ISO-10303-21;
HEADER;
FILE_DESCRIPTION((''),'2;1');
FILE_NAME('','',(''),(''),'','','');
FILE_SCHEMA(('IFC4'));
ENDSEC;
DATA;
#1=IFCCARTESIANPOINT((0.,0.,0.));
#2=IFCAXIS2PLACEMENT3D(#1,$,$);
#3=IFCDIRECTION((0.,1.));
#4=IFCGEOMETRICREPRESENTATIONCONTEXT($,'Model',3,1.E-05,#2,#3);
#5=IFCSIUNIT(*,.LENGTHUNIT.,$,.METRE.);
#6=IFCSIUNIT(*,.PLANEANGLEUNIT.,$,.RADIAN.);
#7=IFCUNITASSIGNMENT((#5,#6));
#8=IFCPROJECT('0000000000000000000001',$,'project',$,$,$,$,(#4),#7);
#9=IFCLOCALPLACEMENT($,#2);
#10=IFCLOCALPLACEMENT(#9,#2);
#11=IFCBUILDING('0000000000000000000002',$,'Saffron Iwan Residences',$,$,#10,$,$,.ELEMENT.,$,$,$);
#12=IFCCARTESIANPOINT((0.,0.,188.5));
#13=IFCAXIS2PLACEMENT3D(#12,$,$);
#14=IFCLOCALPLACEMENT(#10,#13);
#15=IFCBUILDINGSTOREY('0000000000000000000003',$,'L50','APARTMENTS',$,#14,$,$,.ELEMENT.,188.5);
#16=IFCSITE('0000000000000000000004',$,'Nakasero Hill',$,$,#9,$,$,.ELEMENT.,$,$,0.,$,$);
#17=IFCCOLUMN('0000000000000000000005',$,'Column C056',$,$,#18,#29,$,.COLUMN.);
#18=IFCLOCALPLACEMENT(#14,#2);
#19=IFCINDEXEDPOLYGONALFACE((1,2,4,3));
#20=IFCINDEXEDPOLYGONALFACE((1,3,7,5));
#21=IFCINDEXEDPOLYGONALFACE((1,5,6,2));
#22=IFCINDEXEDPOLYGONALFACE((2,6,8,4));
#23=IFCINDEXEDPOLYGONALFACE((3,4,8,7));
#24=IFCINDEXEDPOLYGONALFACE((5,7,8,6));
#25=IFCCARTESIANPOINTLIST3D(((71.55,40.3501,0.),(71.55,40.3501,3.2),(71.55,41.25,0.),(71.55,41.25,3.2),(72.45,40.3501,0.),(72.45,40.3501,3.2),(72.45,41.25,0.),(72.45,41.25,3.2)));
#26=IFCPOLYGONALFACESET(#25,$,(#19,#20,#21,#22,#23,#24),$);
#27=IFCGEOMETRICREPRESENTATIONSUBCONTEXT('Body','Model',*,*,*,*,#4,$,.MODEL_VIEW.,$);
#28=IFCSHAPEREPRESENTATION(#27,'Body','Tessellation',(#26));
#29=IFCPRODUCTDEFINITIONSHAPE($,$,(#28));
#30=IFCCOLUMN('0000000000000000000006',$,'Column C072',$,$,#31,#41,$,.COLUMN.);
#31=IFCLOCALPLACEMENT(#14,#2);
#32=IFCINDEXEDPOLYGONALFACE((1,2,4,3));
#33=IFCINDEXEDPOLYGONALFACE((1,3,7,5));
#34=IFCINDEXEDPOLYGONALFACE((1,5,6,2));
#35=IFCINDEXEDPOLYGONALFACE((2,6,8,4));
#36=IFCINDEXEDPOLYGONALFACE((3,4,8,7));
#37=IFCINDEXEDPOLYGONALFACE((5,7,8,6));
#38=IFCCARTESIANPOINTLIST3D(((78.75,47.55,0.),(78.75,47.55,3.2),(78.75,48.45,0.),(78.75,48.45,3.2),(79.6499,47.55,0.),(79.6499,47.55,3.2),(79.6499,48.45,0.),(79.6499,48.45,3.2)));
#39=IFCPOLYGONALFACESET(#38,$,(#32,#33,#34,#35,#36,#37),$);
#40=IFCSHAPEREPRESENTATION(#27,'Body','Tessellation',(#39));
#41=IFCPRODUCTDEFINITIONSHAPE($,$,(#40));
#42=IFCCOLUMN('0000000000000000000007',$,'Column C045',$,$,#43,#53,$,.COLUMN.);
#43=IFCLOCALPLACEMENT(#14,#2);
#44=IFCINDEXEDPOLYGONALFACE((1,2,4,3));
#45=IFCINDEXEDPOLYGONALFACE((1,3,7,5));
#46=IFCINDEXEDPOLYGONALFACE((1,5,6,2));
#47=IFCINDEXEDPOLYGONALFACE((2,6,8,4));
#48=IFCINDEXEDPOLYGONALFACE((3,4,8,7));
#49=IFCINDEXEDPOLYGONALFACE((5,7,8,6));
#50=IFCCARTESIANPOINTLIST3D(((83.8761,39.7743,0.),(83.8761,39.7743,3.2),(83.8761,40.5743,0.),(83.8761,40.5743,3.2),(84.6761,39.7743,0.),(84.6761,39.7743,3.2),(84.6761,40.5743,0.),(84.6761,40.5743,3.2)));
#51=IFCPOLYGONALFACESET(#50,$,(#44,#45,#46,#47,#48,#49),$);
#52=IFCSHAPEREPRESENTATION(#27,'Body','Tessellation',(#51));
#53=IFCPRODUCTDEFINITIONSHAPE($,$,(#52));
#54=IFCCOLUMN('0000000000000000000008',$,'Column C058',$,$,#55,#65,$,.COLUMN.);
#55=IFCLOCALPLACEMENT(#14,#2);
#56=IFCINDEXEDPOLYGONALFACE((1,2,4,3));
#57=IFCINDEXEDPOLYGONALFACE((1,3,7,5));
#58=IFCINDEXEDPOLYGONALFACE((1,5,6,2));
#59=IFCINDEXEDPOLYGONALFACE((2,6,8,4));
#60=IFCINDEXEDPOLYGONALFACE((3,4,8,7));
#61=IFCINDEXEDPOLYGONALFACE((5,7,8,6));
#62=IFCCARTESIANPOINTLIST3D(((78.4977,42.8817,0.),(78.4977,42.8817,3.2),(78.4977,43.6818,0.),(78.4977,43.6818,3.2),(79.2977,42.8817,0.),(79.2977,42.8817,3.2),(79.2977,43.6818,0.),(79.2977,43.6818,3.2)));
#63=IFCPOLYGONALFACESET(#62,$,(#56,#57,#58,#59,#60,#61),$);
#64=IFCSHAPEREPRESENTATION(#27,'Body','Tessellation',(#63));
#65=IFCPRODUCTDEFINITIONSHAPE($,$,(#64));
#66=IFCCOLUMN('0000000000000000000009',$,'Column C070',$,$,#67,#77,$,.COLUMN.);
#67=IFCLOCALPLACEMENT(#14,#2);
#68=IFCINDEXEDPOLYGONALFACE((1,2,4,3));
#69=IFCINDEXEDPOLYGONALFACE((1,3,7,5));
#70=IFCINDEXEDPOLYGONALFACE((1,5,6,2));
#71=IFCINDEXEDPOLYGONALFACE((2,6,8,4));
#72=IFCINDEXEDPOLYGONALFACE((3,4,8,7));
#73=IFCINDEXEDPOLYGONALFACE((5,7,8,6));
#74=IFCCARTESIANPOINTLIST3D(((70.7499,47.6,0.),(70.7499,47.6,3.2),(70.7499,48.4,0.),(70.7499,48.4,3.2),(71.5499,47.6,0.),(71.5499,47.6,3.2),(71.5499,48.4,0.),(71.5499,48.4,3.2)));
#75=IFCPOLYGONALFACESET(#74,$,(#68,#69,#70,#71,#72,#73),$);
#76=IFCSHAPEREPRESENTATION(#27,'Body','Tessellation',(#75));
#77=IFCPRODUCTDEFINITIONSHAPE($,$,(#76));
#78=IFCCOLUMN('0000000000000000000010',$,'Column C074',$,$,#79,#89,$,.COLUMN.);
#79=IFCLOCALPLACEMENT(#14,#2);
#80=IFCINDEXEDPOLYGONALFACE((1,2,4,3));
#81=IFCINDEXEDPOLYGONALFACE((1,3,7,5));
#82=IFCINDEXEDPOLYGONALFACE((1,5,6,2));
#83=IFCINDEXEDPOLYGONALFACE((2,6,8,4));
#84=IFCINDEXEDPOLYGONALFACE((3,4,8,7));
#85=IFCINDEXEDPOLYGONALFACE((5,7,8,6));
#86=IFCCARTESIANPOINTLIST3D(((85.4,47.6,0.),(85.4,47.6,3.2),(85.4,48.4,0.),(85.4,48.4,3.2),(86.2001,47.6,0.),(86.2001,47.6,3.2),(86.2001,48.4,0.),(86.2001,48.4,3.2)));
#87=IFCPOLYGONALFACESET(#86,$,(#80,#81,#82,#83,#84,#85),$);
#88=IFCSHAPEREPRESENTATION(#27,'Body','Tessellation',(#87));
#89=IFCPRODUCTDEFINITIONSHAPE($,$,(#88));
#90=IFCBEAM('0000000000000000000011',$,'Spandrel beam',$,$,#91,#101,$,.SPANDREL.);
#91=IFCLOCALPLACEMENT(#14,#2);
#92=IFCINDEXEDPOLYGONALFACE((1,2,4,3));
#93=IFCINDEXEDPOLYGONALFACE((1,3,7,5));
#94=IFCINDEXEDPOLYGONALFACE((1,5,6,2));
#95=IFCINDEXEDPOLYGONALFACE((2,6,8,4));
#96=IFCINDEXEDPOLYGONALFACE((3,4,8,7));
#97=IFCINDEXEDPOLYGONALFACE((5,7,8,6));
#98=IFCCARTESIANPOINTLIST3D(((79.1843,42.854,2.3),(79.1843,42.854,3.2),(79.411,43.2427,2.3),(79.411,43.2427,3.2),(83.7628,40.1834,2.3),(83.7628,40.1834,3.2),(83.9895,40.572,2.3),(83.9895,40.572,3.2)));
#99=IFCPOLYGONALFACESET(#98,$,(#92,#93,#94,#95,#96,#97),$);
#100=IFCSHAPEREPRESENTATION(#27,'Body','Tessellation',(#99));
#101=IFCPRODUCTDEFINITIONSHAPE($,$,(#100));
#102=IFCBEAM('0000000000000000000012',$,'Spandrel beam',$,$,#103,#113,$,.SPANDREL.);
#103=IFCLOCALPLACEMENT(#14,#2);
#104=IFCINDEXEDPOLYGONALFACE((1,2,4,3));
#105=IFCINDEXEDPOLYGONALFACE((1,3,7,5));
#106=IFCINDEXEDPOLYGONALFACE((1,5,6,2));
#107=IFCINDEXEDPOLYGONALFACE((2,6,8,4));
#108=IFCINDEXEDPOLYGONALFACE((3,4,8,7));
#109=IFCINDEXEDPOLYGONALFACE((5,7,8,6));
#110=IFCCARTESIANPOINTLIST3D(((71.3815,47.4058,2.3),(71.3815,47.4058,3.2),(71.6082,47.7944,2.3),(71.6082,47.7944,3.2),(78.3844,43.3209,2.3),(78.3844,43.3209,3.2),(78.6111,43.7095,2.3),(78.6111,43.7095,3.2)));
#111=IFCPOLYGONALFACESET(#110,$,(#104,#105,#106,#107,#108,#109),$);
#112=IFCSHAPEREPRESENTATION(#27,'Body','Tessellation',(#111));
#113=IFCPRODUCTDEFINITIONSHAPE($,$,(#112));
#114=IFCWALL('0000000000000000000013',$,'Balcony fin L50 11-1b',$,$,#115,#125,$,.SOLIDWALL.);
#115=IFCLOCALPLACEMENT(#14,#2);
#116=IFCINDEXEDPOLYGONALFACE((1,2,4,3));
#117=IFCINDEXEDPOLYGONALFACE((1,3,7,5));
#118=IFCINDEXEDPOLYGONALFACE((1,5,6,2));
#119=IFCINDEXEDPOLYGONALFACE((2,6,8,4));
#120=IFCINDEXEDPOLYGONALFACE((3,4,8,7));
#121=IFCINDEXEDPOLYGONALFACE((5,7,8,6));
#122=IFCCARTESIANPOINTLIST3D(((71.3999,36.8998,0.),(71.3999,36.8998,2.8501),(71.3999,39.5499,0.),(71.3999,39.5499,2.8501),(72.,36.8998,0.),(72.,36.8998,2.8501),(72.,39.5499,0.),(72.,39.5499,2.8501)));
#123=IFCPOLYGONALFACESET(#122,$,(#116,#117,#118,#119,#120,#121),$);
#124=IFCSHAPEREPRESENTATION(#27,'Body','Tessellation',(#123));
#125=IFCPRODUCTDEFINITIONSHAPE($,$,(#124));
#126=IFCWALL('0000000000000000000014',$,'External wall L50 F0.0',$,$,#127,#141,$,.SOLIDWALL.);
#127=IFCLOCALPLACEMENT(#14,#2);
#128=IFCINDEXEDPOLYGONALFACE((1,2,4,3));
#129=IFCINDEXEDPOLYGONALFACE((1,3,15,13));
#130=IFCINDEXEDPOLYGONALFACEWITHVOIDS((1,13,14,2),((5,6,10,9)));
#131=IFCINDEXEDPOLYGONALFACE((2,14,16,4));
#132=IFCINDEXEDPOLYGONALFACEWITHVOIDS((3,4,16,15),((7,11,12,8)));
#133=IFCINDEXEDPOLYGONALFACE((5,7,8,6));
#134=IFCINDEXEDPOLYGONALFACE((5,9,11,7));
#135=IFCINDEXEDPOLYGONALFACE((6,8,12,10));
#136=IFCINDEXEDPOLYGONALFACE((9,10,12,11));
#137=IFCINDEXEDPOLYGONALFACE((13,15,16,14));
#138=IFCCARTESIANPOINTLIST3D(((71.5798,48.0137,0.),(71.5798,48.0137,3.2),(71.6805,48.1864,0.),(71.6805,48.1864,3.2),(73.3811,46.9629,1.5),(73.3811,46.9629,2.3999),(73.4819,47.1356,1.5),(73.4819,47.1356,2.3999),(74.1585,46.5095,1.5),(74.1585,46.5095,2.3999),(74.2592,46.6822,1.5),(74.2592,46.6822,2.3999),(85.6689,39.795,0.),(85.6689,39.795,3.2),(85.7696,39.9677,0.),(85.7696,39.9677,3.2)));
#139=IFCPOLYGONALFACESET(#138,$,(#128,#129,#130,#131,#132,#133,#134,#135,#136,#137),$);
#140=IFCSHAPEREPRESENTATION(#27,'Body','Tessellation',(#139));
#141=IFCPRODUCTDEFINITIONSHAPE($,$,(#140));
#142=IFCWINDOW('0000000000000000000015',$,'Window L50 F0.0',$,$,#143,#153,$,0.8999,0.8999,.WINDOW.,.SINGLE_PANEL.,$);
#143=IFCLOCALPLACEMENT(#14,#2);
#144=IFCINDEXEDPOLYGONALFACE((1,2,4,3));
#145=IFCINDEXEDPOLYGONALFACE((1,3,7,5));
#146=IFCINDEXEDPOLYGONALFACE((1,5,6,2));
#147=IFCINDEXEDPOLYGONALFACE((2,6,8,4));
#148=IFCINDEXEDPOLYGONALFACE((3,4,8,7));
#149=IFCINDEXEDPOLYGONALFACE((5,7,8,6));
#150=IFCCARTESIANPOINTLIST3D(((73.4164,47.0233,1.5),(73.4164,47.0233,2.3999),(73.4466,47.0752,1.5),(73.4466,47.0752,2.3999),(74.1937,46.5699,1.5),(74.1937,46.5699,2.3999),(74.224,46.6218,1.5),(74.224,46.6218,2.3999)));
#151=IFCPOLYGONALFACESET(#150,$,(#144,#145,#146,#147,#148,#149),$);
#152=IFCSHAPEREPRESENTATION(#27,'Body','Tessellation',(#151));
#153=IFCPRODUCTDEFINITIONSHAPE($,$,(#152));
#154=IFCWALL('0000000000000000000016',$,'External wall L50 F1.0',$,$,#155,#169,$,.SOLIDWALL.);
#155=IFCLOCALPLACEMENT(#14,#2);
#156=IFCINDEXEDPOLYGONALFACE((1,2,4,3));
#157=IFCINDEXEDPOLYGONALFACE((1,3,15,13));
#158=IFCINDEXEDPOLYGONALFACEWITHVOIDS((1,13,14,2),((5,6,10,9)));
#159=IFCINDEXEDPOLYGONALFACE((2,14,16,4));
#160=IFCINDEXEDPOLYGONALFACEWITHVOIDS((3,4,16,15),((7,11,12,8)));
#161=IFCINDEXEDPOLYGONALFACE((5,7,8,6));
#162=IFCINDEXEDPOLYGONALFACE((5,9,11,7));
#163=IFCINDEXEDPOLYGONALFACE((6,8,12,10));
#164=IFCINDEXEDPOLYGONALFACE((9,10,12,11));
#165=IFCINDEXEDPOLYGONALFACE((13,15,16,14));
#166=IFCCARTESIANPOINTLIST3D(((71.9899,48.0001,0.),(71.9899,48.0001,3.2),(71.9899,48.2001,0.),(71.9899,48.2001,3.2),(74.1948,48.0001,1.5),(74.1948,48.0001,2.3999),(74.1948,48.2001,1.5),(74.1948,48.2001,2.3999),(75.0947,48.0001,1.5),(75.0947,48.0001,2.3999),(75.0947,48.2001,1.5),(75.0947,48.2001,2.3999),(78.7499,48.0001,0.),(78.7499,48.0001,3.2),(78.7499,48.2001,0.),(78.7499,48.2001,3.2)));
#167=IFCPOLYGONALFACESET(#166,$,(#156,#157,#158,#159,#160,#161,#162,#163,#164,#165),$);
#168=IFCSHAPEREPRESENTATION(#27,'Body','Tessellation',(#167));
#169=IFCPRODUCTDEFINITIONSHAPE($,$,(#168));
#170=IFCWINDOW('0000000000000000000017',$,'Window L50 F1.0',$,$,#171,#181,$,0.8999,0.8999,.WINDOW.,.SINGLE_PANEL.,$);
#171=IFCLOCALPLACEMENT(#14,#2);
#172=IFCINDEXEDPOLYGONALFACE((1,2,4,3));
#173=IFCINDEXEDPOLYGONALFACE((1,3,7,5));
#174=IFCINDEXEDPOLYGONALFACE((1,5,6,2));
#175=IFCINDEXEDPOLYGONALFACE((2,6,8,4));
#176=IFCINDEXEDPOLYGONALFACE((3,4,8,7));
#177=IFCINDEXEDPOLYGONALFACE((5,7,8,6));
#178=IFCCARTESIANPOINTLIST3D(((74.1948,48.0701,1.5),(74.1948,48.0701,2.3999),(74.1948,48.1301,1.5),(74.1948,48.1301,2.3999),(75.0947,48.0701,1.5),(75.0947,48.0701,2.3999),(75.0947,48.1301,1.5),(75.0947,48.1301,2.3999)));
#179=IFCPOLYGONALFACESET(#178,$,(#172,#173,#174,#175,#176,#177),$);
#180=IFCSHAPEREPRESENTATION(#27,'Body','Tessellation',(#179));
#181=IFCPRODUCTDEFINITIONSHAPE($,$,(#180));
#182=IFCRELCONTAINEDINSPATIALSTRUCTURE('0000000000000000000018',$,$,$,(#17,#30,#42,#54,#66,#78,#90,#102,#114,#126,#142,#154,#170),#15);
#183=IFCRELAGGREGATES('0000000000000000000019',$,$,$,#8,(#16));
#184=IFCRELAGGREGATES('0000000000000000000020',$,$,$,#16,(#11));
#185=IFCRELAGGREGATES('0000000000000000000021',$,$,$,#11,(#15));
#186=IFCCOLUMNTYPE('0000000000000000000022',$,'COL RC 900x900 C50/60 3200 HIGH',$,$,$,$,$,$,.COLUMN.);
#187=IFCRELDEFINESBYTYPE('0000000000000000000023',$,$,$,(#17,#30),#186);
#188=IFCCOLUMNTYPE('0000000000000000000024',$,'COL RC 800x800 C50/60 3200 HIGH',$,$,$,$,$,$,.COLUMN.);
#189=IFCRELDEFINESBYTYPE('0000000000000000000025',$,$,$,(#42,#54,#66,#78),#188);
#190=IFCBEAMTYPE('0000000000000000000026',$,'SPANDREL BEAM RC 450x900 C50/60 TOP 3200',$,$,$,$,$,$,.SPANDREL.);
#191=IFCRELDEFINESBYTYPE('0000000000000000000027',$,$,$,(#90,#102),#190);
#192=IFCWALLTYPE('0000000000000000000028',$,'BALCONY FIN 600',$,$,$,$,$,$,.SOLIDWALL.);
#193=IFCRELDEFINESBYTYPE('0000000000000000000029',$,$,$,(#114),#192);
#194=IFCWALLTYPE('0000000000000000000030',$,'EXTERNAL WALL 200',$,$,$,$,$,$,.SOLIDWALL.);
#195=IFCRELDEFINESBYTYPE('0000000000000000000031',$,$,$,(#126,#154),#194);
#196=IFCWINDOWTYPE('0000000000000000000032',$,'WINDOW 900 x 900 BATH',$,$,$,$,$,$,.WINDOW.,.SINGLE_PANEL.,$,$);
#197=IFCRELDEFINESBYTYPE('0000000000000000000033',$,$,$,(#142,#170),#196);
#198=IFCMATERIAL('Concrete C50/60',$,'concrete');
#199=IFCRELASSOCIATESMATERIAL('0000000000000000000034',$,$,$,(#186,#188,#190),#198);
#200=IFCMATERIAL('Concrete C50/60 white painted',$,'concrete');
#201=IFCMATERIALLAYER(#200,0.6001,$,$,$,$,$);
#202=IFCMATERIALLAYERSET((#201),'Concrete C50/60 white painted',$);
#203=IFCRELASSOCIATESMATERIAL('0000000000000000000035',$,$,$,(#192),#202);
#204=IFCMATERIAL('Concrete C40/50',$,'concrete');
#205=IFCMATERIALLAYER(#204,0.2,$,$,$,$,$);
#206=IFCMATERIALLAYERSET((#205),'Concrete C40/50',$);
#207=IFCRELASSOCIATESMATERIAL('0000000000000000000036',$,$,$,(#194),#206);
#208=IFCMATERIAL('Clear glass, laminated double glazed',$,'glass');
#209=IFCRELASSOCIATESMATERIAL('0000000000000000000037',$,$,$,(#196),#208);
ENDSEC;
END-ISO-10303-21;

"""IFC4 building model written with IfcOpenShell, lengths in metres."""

from ifc_helpers import new_model, si_unit, direction, frame, frame_2d, origin, origin_2d, place, context, subcontext, project, spatial, rectangle, extrude, source, transform, mapped, material, layer, layer_set, material_profile, profile_set, type_object, element, fill, save


model = new_model("IFC4")

# Units and contexts
model_context = context("Model", 3, precision=1e-05, world=origin(), true_north=direction((0.0, 1.0)))
body_context = subcontext(model_context, "Body", "Model", "MODEL_VIEW")
ifc_project = project(units=[si_unit("LENGTHUNIT", "METRE"), si_unit("PLANEANGLEUNIT", "RADIAN")], contexts=[model_context])

# Site, building, storey
site_placement = place(None, origin())
site = spatial("IfcSite", under=ifc_project, at=site_placement, Name="Nakasero Hill", CompositionType="ELEMENT", RefElevation=0.0)
building_placement = place(site_placement, origin())
building = spatial("IfcBuilding", under=site, at=building_placement, Name="Saffron Iwan Residences", CompositionType="ELEMENT")
storey_placement = place(building_placement, frame((0.0, 0.0, 188.5)))
storey = spatial("IfcBuildingStorey", under=building, at=storey_placement, Name="L50", Description="APARTMENTS", CompositionType="ELEMENT", Elevation=188.5)

# Columns
ifc_material_1 = material(Name="Concrete C50/60", Category="concrete")
ifc_material_profile_1 = material_profile(ifc_material_1, rectangle(XDim=0.8999, YDim=0.8999, at=origin_2d()), Name="RC 900x900")
ifc_profile_set_1 = profile_set([ifc_material_profile_1], Name="Concrete C50/60")
column_type_1 = type_object("IfcColumnType", Name="COL RC 900x900 C50/60 3200 HIGH", PredefinedType="COLUMN", material=ifc_profile_set_1)
shared_shape_1 = source(origin(), body_context, "Body", "SweptSolid", [
    extrude(rectangle(XDim=0.8999, YDim=0.8999, at=origin_2d()), origin(), (0.0, 0.0, 1.0), 3.2),
])
for number, where, z_axis, x_axis, name in (
    (1, (72.0, 40.8, 0.0), (0.0, 0.0, 1.0), (1.0, 0.0, 0.0), "Column C056"),
    (2, (79.2, 48.0, 0.0), (0.0, 0.0, 1.0), (1.0, 0.0, 0.0), "Column C072"),
):
    element("IfcColumn", number, at=place(storey_placement, frame(where, z_axis=z_axis, x_axis=x_axis)), inside=storey, type_object=column_type_1, Name=name, PredefinedType="COLUMN", context=body_context, shape_type="MappedRepresentation", body=[
        mapped(shared_shape_1, transform((0.0, 0.0, 0.0))),
    ])
ifc_material_profile_2 = material_profile(ifc_material_1, rectangle(XDim=0.8, YDim=0.8, at=origin_2d()), Name="RC 800x800")
ifc_profile_set_2 = profile_set([ifc_material_profile_2], Name="Concrete C50/60")
column_type_2 = type_object("IfcColumnType", Name="COL RC 800x800 C50/60 3200 HIGH", PredefinedType="COLUMN", material=ifc_profile_set_2)
shared_shape_2 = source(origin(), body_context, "Body", "SweptSolid", [
    extrude(rectangle(XDim=0.8, YDim=0.8, at=origin_2d()), origin(), (0.0, 0.0, 1.0), 3.2),
])
for number, where, z_axis, x_axis, name in (
    (3, (84.2761, 40.1743, 0.0), (0.0, 0.0, 1.0), (1.0, 0.0, 0.0), "Column C045"),
    (4, (78.8977, 43.2817, 0.0), (0.0, 0.0, 1.0), (1.0, 0.0, 0.0), "Column C058"),
    (5, (71.1499, 48.0, 0.0), (0.0, 0.0, 1.0), (1.0, 0.0, 0.0), "Column C070"),
    (6, (85.8, 48.0, 0.0), (0.0, 0.0, 1.0), (1.0, 0.0, 0.0), "Column C074"),
):
    element("IfcColumn", number, at=place(storey_placement, frame(where, z_axis=z_axis, x_axis=x_axis)), inside=storey, type_object=column_type_2, Name=name, PredefinedType="COLUMN", context=body_context, shape_type="MappedRepresentation", body=[
        mapped(shared_shape_2, transform((0.0, 0.0, 0.0))),
    ])

# Beams
ifc_material_profile_3 = material_profile(ifc_material_1, rectangle(XDim=0.45, YDim=0.8999, at=origin_2d()), Name="RC 450x900")
ifc_profile_set_3 = profile_set([ifc_material_profile_3], Name="Concrete C50/60")
beam_type = type_object("IfcBeamType", Name="SPANDREL BEAM RC 450x900 C50/60 TOP 3200", PredefinedType="SPANDREL", material=ifc_profile_set_3)
shared_shape_3 = source(origin(), body_context, "Body", "SweptSolid", [
    extrude(rectangle(XDim=0.45, YDim=0.8999, at=origin_2d()), origin(), (0.0, 0.0, 1.0), 5.3005),
])
beam_1_placement = place(storey_placement, frame((79.2976, 43.0483, 2.75), z_axis=(0.863796, -0.503842, 0.0), x_axis=(0.503842, 0.863796, 0.0)))
element("IfcBeam", 7, at=beam_1_placement, inside=storey, type_object=beam_type, Name="Spandrel beam", PredefinedType="SPANDREL", context=body_context, shape_type="MappedRepresentation", body=[
    mapped(shared_shape_3, transform((0.0, 0.0, 0.0))),
])
shared_shape_4 = source(origin(), body_context, "Body", "SweptSolid", [
    extrude(rectangle(XDim=0.45, YDim=0.8999, at=origin_2d()), origin(), (0.0, 0.0, 1.0), 8.1072),
])
beam_2_placement = place(storey_placement, frame((71.4949, 47.6001, 2.75), z_axis=(0.863783, -0.503864, 0.0), x_axis=(0.503864, 0.863783, 0.0)))
element("IfcBeam", 8, at=beam_2_placement, inside=storey, type_object=beam_type, Name="Spandrel beam", PredefinedType="SPANDREL", context=body_context, shape_type="MappedRepresentation", body=[
    mapped(shared_shape_4, transform((0.0, 0.0, 0.0))),
])

# Wall
ifc_material_2 = material(Name="Concrete C50/60 white painted", Category="concrete")
ifc_layer_1 = layer(ifc_material_2, 0.6001)
ifc_layer_set_1 = layer_set([ifc_layer_1], Name="Concrete C50/60 white painted")
wall_type_1 = type_object("IfcWallType", Name="BALCONY FIN 600", PredefinedType="SOLIDWALL", material=ifc_layer_set_1)
wall_1_placement = place(storey_placement, frame((71.7, 39.55, 0.0), z_axis=(0.0, 0.0, 1.0), x_axis=(0.0, -1.0, 0.0)))
element("IfcWall", 9, at=wall_1_placement, inside=storey, type_object=wall_type_1, Name="Balcony fin L50 11-1b", PredefinedType="SOLIDWALL", context=body_context, shape_type="SweptSolid", body=[
    extrude(rectangle(XDim=2.6501, YDim=0.6001, at=frame_2d((1.3252, 0.0))), origin(), (0.0, 0.0, 1.0), 2.8501),
])

# Walls, openings, windows
ifc_material_3 = material(Name="Concrete C40/50", Category="concrete")
ifc_layer_2 = layer(ifc_material_3, 0.2)
ifc_layer_set_2 = layer_set([ifc_layer_2], Name="Concrete C40/50")
wall_type_2 = type_object("IfcWallType", Name="EXTERNAL WALL 200", PredefinedType="SOLIDWALL", material=ifc_layer_set_2)
wall_2_placement = place(storey_placement, frame((85.7192, 39.8813, 0.0), z_axis=(0.0, 0.0, 1.0), x_axis=(-0.863776, 0.503876, 0.0)))
wall_2 = element("IfcWall", 10, at=wall_2_placement, inside=storey, type_object=wall_type_2, Name="External wall L50 F0.0", PredefinedType="SOLIDWALL", context=body_context, shape_type="SweptSolid", body=[
    extrude(rectangle(XDim=16.311, YDim=0.2, at=frame_2d((8.1555, 0.0))), origin(), (0.0, 0.0, 1.0), 3.2),
])
opening_1_placement = place(wall_2_placement, frame((13.3257, 0.0, 1.5)))
opening_1 = element("IfcOpeningElement", 11, at=opening_1_placement, cuts=wall_2, PredefinedType="OPENING", context=body_context, shape_type="SweptSolid", body=[
    extrude(rectangle(XDim=0.8999, YDim=0.8999, at=frame_2d((0.45, 0.45))), frame((0.0, 0.1099, 0.0), z_axis=(0.0, -1.0, 0.0), x_axis=(1.0, 0.0, 0.0)), (0.0, 0.0, 1.0), 0.22),
])
ifc_material_4 = material(Name="Clear glass, laminated double glazed", Category="glass")
window_type_1 = type_object("IfcWindowType", Name="WINDOW 900 x 900 BATH", PartitioningType="SINGLE_PANEL", PredefinedType="WINDOW", material=ifc_material_4)
window_1_placement = place(opening_1_placement, origin())
window_1 = element("IfcWindow", 12, at=window_1_placement, inside=storey, type_object=window_type_1, Name="Window L50 F0.0", OverallHeight=0.8999, OverallWidth=0.8999, PartitioningType="SINGLE_PANEL", PredefinedType="WINDOW", context=body_context, shape_type="SweptSolid", body=[
    extrude(rectangle(XDim=0.8999, YDim=0.8999, at=frame_2d((0.45, 0.45))), frame((0.0, 0.03, 0.0), z_axis=(0.0, -1.0, 0.0), x_axis=(1.0, 0.0, 0.0)), (0.0, 0.0, 1.0), 0.0601),
])
fill(opening_1, window_1)
wall_3_placement = place(storey_placement, frame((71.99, 48.1001, 0.0), z_axis=(0.0, 0.0, 1.0), x_axis=(1.0, 0.0, 0.0)))
wall_3 = element("IfcWall", 13, at=wall_3_placement, inside=storey, type_object=wall_type_2, Name="External wall L50 F1.0", PredefinedType="SOLIDWALL", context=body_context, shape_type="SweptSolid", body=[
    extrude(rectangle(XDim=6.76, YDim=0.2, at=frame_2d((3.3799, 0.0))), origin(), (0.0, 0.0, 1.0), 3.2),
])
opening_2_placement = place(wall_3_placement, frame((2.2048, 0.0, 1.5)))
opening_2 = element("IfcOpeningElement", 14, at=opening_2_placement, cuts=wall_3, PredefinedType="OPENING", context=body_context, shape_type="SweptSolid", body=[
    extrude(rectangle(XDim=0.8999, YDim=0.8999, at=frame_2d((0.45, 0.45))), frame((0.0, 0.1099, 0.0), z_axis=(0.0, -1.0, 0.0), x_axis=(1.0, 0.0, 0.0)), (0.0, 0.0, 1.0), 0.22),
])
window_2_placement = place(opening_2_placement, origin())
window_2 = element("IfcWindow", 15, at=window_2_placement, inside=storey, type_object=window_type_1, Name="Window L50 F1.0", OverallHeight=0.8999, OverallWidth=0.8999, PartitioningType="SINGLE_PANEL", PredefinedType="WINDOW", context=body_context, shape_type="SweptSolid", body=[
    extrude(rectangle(XDim=0.8999, YDim=0.8999, at=frame_2d((0.45, 0.45))), frame((0.0, 0.03, 0.0), z_axis=(0.0, -1.0, 0.0), x_axis=(1.0, 0.0, 0.0)), (0.0, 0.0, 1.0), 0.0601),
])
fill(opening_2, window_2)

save(model, "model.ifc")
